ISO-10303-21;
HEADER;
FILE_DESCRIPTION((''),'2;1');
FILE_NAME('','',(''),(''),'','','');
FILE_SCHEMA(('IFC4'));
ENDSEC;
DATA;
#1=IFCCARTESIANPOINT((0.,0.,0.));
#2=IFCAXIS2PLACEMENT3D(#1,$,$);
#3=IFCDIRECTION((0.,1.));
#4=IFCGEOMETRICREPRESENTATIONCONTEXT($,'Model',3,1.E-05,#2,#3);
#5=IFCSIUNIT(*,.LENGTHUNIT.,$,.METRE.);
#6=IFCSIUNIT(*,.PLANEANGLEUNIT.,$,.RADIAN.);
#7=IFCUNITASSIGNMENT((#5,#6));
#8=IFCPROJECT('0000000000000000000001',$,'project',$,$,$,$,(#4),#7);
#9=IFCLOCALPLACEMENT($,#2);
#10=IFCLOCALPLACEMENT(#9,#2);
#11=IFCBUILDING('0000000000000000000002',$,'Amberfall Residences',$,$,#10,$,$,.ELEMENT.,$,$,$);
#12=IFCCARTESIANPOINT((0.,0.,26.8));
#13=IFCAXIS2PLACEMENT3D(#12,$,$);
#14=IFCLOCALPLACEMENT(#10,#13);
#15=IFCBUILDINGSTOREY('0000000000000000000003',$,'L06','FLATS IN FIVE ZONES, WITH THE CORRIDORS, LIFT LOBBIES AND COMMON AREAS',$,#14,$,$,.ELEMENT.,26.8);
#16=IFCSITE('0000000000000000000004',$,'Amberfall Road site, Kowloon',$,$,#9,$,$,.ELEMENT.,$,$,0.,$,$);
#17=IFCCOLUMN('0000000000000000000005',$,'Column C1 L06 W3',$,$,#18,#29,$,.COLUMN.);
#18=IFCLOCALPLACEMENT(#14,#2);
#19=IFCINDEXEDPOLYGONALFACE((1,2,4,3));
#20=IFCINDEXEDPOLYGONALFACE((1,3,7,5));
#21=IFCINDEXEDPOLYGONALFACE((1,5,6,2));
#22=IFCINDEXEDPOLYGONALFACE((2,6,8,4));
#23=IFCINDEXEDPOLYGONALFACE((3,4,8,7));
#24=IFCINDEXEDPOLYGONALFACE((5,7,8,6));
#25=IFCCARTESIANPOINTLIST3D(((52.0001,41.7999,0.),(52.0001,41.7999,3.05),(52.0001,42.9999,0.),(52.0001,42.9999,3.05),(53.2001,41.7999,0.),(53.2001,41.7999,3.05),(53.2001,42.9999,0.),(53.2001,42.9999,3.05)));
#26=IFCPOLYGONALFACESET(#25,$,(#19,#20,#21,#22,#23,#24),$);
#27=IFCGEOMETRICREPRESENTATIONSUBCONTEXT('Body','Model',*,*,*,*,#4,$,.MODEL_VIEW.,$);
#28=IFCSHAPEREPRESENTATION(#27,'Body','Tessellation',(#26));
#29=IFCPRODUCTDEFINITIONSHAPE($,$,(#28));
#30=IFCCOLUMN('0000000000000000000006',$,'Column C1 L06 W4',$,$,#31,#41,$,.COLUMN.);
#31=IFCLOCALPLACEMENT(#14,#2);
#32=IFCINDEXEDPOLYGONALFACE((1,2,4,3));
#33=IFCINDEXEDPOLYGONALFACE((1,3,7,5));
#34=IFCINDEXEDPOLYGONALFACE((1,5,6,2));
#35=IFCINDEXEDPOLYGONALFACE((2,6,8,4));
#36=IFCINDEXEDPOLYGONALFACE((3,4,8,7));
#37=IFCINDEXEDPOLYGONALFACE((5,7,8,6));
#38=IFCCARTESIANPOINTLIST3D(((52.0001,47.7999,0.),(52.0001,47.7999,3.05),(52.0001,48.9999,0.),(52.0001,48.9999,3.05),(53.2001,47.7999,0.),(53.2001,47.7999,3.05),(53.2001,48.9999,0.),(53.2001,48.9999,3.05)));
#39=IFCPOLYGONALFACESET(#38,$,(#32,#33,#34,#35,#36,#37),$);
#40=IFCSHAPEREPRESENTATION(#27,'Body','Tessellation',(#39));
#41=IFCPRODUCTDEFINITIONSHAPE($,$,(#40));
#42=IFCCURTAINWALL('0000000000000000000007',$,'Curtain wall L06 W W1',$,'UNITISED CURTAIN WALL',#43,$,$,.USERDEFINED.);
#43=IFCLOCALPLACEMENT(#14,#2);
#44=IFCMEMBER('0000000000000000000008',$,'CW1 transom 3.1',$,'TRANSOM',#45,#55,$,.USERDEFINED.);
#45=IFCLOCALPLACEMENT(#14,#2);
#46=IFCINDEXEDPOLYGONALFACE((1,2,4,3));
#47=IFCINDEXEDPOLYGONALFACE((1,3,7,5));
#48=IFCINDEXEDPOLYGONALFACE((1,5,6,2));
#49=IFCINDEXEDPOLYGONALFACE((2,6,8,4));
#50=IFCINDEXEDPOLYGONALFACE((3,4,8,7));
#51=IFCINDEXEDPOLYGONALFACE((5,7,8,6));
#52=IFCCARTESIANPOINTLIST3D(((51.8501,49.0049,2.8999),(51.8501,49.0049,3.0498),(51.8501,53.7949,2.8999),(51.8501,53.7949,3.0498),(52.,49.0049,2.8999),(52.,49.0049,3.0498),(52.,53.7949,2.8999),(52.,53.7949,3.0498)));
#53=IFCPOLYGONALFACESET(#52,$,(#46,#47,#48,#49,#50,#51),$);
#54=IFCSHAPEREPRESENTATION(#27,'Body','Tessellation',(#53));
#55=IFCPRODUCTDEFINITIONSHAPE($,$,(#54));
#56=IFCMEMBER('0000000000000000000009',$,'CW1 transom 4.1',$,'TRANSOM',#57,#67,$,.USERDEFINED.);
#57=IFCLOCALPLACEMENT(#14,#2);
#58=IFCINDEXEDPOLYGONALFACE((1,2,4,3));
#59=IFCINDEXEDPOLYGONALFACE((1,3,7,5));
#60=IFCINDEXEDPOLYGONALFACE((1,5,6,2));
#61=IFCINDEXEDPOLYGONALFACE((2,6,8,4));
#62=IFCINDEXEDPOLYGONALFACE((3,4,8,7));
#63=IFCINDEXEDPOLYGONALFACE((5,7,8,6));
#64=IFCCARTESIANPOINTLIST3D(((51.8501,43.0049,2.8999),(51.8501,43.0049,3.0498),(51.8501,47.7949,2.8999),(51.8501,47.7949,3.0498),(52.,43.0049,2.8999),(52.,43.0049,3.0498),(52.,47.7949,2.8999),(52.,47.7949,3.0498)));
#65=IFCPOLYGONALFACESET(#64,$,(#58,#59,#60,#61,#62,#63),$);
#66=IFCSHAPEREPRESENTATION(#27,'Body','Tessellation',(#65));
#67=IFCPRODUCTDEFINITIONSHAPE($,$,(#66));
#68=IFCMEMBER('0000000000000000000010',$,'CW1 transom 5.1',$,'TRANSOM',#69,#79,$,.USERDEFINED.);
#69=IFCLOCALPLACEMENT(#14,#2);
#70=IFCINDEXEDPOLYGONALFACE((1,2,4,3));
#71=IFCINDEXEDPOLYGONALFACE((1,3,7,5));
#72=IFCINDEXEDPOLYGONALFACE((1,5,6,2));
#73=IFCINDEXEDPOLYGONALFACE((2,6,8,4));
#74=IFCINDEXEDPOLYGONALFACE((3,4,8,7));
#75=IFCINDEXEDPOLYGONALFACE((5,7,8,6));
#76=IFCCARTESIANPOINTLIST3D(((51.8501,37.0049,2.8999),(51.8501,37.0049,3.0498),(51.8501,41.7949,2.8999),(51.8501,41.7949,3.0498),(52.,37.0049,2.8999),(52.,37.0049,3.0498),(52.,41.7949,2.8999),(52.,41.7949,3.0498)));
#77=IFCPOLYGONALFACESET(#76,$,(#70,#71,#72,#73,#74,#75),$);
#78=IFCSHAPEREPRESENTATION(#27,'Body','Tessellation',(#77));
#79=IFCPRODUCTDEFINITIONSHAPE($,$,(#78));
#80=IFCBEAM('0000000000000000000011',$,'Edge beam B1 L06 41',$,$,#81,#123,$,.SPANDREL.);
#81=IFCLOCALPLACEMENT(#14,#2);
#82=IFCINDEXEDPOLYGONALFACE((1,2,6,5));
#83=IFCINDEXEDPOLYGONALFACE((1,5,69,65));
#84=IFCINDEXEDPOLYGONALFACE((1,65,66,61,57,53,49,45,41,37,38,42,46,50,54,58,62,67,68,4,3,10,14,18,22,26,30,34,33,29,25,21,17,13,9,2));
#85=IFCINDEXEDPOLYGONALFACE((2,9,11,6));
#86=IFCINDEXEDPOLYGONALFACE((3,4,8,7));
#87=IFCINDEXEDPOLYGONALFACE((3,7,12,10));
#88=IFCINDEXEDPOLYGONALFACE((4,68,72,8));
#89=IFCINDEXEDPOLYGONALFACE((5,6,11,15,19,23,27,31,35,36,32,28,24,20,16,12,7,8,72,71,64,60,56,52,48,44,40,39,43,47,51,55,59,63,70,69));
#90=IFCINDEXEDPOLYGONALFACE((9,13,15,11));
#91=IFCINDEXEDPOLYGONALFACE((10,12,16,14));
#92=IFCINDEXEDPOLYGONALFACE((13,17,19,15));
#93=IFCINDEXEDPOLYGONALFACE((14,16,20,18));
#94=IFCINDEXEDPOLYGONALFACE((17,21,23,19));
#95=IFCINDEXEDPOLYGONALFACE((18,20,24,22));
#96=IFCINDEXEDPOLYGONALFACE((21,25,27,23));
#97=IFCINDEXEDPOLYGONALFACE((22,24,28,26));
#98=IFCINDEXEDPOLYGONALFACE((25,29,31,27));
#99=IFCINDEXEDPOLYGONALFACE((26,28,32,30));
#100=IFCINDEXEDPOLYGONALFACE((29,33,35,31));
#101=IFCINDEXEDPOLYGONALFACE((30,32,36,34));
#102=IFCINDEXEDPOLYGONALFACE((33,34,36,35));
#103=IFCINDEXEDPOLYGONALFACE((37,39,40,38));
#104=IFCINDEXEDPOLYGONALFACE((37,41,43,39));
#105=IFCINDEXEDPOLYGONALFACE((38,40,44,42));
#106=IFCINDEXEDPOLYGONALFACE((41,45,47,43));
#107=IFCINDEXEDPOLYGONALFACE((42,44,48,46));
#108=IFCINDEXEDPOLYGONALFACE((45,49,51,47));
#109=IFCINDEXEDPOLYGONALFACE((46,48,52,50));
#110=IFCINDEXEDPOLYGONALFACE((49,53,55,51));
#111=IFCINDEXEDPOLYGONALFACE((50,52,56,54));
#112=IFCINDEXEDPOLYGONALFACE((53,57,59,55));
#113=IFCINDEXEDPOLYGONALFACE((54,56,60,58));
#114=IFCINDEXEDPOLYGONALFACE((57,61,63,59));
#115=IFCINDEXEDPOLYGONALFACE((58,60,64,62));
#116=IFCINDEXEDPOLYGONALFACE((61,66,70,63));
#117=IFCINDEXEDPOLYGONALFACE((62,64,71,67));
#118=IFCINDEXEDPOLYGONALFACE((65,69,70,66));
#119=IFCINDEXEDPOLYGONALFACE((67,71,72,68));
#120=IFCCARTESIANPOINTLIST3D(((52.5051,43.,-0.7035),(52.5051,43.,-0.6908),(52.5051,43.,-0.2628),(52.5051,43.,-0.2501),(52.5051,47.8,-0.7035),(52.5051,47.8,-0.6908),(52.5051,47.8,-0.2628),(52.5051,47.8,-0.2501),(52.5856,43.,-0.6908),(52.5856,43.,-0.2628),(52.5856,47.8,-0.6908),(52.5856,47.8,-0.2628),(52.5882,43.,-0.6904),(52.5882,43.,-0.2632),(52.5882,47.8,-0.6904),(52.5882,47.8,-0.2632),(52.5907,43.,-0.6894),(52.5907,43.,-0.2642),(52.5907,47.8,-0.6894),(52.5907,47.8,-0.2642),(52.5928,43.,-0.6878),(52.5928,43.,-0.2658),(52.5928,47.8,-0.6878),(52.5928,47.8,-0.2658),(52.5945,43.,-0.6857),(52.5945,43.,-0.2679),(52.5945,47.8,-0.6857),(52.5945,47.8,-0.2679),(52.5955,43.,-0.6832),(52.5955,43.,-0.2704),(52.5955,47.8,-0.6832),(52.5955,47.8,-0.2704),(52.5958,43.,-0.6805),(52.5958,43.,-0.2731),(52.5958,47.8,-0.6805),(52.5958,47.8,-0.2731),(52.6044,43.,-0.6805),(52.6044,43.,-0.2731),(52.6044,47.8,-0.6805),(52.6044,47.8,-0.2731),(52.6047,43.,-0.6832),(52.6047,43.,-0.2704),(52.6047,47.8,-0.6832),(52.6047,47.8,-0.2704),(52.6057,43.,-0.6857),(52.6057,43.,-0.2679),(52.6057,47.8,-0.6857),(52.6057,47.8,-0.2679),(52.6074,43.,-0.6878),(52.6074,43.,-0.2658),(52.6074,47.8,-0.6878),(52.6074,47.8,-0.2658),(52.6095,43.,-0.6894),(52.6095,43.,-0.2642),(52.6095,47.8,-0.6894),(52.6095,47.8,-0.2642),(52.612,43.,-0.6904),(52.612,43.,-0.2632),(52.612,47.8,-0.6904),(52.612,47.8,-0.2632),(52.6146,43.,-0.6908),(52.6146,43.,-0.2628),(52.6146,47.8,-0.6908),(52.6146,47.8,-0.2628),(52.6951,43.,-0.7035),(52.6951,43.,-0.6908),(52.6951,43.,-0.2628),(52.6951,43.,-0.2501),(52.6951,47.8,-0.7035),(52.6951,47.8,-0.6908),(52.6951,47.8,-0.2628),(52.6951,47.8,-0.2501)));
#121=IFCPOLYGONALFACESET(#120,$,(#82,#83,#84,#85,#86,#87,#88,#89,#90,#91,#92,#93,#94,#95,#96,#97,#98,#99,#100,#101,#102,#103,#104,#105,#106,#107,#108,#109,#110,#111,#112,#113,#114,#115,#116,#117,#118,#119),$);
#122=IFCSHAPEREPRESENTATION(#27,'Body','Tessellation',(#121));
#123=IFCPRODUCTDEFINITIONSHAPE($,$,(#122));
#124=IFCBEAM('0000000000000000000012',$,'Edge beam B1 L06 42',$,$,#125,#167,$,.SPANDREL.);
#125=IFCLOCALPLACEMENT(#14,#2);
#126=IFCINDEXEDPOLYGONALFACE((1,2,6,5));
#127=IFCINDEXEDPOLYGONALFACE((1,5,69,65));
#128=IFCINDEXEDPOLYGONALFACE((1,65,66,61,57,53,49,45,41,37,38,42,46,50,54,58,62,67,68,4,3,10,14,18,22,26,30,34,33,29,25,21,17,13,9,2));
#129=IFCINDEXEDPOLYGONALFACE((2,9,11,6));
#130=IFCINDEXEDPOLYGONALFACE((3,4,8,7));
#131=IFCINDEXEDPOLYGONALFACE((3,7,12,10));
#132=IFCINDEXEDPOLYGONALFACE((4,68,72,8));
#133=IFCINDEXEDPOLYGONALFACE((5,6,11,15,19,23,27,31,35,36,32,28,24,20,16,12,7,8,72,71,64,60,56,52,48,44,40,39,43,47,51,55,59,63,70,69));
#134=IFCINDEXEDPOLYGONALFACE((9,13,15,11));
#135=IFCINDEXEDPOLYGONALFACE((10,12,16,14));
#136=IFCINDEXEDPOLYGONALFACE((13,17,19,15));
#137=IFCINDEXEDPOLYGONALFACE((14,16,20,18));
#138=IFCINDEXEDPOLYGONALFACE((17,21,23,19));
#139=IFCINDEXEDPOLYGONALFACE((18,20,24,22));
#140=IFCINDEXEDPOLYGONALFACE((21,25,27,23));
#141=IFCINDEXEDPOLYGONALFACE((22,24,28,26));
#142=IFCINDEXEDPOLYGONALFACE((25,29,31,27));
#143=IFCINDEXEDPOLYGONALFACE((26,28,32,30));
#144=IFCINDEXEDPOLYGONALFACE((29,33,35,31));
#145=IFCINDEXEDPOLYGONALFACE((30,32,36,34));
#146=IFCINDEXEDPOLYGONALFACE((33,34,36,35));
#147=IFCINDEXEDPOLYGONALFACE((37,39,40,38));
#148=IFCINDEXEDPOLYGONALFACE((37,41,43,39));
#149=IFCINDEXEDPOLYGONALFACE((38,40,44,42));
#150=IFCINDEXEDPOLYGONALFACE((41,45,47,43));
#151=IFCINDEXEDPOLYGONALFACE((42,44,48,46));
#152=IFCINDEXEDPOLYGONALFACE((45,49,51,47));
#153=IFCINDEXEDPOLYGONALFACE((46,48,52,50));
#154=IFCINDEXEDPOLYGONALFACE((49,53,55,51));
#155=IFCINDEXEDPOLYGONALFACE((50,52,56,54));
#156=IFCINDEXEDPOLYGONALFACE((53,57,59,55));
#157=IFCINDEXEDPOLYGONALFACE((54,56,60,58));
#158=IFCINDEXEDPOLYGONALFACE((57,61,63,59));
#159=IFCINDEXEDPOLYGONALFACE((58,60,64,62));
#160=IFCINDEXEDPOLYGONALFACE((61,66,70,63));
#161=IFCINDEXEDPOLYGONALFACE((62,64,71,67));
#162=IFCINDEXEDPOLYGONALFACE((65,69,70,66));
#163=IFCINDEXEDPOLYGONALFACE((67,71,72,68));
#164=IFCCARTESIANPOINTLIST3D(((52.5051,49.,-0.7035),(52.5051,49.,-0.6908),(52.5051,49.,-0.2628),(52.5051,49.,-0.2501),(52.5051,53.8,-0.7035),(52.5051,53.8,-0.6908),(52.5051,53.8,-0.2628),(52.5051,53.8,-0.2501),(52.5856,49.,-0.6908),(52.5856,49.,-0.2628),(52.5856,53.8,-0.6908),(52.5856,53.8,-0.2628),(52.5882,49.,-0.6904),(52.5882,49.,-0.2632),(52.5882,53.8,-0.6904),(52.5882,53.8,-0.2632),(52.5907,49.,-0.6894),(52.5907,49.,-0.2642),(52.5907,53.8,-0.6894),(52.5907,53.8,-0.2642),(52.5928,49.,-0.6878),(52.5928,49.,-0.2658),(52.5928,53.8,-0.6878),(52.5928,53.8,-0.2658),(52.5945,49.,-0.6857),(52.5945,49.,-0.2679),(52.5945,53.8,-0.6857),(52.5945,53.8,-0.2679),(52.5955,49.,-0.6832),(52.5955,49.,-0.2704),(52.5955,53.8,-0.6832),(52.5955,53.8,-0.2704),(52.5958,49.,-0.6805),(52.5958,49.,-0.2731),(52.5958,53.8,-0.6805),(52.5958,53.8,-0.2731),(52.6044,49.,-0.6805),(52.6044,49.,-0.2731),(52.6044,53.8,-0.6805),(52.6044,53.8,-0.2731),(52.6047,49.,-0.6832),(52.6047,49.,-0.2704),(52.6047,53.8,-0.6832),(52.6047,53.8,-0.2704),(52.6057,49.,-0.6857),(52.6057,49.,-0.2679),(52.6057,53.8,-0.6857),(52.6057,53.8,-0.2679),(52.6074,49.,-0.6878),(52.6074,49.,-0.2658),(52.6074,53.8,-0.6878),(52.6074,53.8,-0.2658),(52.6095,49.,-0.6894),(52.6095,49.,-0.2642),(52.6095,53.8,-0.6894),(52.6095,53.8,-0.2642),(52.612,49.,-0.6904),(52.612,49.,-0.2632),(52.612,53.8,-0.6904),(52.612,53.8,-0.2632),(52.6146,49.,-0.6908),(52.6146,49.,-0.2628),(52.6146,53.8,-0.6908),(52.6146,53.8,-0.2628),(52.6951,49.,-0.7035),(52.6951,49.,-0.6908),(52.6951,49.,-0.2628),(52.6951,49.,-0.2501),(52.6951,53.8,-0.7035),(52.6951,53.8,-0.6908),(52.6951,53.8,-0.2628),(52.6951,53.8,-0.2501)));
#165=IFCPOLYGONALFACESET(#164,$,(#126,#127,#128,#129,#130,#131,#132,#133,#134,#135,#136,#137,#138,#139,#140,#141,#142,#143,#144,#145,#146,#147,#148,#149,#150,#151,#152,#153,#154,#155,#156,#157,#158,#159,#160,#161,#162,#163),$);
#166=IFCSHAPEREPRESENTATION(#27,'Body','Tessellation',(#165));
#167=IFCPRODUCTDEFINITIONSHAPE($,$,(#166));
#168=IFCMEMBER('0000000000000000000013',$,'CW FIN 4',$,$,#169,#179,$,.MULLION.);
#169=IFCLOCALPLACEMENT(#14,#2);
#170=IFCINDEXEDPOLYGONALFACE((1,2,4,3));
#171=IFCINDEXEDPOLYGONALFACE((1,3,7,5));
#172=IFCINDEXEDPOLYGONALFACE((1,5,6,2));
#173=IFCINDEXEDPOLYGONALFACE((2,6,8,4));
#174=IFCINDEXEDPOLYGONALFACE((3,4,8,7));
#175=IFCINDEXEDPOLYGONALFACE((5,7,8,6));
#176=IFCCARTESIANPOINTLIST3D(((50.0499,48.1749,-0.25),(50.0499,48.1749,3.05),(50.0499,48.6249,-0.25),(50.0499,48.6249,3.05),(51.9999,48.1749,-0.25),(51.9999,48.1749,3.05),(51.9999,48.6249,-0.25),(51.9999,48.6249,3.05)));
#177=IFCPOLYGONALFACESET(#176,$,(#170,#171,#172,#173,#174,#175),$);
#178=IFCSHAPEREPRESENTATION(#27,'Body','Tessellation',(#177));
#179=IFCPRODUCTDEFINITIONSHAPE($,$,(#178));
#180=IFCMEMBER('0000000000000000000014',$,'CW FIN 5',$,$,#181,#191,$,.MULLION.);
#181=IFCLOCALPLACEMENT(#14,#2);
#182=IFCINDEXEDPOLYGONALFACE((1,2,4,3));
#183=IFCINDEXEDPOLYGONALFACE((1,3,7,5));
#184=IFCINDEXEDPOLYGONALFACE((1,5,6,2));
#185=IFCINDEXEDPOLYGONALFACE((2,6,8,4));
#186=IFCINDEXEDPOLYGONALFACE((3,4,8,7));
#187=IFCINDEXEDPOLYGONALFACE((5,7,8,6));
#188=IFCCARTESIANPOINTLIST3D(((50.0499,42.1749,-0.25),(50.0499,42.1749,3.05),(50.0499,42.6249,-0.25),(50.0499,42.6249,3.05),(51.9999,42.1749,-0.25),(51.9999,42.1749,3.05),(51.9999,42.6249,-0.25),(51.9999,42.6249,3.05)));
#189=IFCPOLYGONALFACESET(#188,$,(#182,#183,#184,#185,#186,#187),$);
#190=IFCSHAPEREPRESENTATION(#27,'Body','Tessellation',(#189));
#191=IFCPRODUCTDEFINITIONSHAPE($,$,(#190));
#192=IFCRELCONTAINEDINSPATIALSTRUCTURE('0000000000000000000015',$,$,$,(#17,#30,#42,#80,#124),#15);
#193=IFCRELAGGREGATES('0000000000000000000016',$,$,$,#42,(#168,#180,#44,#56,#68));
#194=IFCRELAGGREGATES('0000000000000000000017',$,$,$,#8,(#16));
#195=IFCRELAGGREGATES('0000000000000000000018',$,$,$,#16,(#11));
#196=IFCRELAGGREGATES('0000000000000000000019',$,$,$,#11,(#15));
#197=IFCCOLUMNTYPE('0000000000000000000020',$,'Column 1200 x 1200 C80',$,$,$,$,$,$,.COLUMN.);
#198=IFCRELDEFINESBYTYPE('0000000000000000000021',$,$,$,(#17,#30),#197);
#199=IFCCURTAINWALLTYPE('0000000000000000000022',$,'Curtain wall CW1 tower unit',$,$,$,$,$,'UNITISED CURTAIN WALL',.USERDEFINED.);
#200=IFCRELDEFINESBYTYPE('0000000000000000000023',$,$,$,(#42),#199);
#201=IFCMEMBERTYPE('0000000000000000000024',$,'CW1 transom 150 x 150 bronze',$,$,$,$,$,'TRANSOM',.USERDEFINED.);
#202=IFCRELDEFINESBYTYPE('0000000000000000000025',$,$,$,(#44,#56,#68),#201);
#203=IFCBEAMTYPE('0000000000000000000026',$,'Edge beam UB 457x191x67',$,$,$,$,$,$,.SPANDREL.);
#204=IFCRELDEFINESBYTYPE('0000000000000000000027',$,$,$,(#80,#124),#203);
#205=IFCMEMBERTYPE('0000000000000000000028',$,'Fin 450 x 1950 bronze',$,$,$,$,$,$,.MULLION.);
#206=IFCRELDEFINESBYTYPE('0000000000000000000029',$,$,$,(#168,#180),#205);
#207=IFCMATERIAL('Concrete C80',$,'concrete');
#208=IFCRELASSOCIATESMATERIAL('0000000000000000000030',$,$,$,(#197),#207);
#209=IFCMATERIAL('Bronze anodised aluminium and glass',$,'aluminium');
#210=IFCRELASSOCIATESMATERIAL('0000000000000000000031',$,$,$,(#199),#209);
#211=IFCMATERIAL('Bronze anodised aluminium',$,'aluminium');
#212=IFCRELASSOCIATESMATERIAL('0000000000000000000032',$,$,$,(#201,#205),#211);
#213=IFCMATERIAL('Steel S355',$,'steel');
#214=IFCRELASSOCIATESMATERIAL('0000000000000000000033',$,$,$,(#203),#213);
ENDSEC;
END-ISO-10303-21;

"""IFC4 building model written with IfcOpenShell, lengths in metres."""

from ifc_helpers import new_model, si_unit, direction, frame, origin, origin_2d, place, context, subcontext, project, spatial, rectangle, i_section, extrude, material, material_profile, profile_set, type_object, element, aggregate, save


model = new_model("IFC4")

# Units and contexts
model_context = context("Model", 3, precision=1e-05, world=origin(), true_north=direction((0.0, 1.0)))
body_context = subcontext(model_context, "Body", "Model", "MODEL_VIEW")
ifc_project = project(units=[si_unit("LENGTHUNIT", "METRE"), si_unit("PLANEANGLEUNIT", "RADIAN")], contexts=[model_context])

# Site, building, storey
site_placement = place(None, origin())
site = spatial("IfcSite", under=ifc_project, at=site_placement, Name="Amberfall Road site, Kowloon", CompositionType="ELEMENT", RefElevation=0.0)
building_placement = place(site_placement, origin())
building = spatial("IfcBuilding", under=site, at=building_placement, Name="Amberfall Residences", CompositionType="ELEMENT")
storey_placement = place(building_placement, frame((0.0, 0.0, 26.8)))
storey = spatial("IfcBuildingStorey", under=building, at=storey_placement, Name="L06", Description="FLATS IN FIVE ZONES, WITH THE CORRIDORS, LIFT LOBBIES AND COMMON AREAS", CompositionType="ELEMENT", Elevation=26.8)

# Columns
ifc_material_1 = material(Name="Concrete C80", Category="concrete")
ifc_material_profile_1 = material_profile(ifc_material_1, rectangle(XDim=1.2, YDim=1.2, at=origin_2d()), Name="Column 1200 x 1200 C80")
ifc_profile_set_1 = profile_set([ifc_material_profile_1], Name="Concrete C80")
column_type = type_object("IfcColumnType", Name="Column 1200 x 1200 C80", PredefinedType="COLUMN", material=ifc_profile_set_1)
for number, where, z_axis, x_axis, name in (
    (1, (52.6001, 42.3999, 0.0), (0.0, 0.0, 1.0), (1.0, 0.0, 0.0), "Column C1 L06 W3"),
    (2, (52.6001, 48.3999, 0.0), (0.0, 0.0, 1.0), (1.0, 0.0, 0.0), "Column C1 L06 W4"),
):
    element("IfcColumn", number, at=place(storey_placement, frame(where, z_axis=z_axis, x_axis=x_axis)), inside=storey, type_object=column_type, Name=name, PredefinedType="COLUMN", context=body_context, shape_type="SweptSolid", body=[
        extrude(rectangle(XDim=1.2, YDim=1.2, at=origin_2d()), origin(), (0.0, 0.0, 1.0), 3.05),
    ])

# Curtain wall, members
ifc_material_2 = material(Name="Bronze anodised aluminium and glass", Category="aluminium")
curtain_wall_type = type_object("IfcCurtainWallType", Name="Curtain wall CW1 tower unit", ElementType="UNITISED CURTAIN WALL", PredefinedType="USERDEFINED", material=ifc_material_2)
curtain_wall_placement = place(storey_placement, origin())
curtain_wall = element("IfcCurtainWall", 3, at=curtain_wall_placement, inside=storey, type_object=curtain_wall_type, Name="Curtain wall L06 W W1", ObjectType="UNITISED CURTAIN WALL", PredefinedType="USERDEFINED")
ifc_material_3 = material(Name="Bronze anodised aluminium", Category="aluminium")
ifc_material_profile_2 = material_profile(ifc_material_3, rectangle(XDim=0.1499, YDim=0.1499, at=origin_2d()), Name="CW1 transom 150 x 150 bronze")
ifc_profile_set_2 = profile_set([ifc_material_profile_2], Name="Bronze anodised aluminium")
member_type_1 = type_object("IfcMemberType", Name="CW1 transom 150 x 150 bronze", ElementType="TRANSOM", PredefinedType="USERDEFINED", material=ifc_profile_set_2)
member_1_placement = place(storey_placement, frame((51.925, 53.7949, 2.9749), z_axis=(0.0, -1.0, 0.0), x_axis=(1.0, 0.0, 0.0)))
member_1 = element("IfcMember", 4, at=member_1_placement, type_object=member_type_1, Name="CW1 transom 3.1", ObjectType="TRANSOM", PredefinedType="USERDEFINED", context=body_context, shape_type="SweptSolid", body=[
    extrude(rectangle(XDim=0.1499, YDim=0.1499, at=origin_2d()), origin(), (0.0, 0.0, 1.0), 4.79),
])
member_2_placement = place(storey_placement, frame((51.925, 47.7949, 2.9749), z_axis=(0.0, -1.0, 0.0), x_axis=(1.0, 0.0, 0.0)))
member_2 = element("IfcMember", 5, at=member_2_placement, type_object=member_type_1, Name="CW1 transom 4.1", ObjectType="TRANSOM", PredefinedType="USERDEFINED", context=body_context, shape_type="SweptSolid", body=[
    extrude(rectangle(XDim=0.1499, YDim=0.1499, at=origin_2d()), origin(), (0.0, 0.0, 1.0), 4.79),
])
member_3_placement = place(storey_placement, frame((51.925, 41.7949, 2.9749), z_axis=(0.0, -1.0, 0.0), x_axis=(1.0, 0.0, 0.0)))
member_3 = element("IfcMember", 6, at=member_3_placement, type_object=member_type_1, Name="CW1 transom 5.1", ObjectType="TRANSOM", PredefinedType="USERDEFINED", context=body_context, shape_type="SweptSolid", body=[
    extrude(rectangle(XDim=0.1499, YDim=0.1499, at=origin_2d()), origin(), (0.0, 0.0, 1.0), 4.79),
])

# Beams
ifc_material_4 = material(Name="Steel S355", Category="steel")
ifc_material_profile_3 = material_profile(ifc_material_4, i_section(OverallWidth=0.1899, OverallDepth=0.4534, WebThickness=0.0085, FlangeThickness=0.0127, FilletRadius=0.0103, at=origin_2d()), Name="UB 457x191x67")
ifc_profile_set_3 = profile_set([ifc_material_profile_3], Name="Steel S355")
beam_type_1 = type_object("IfcBeamType", Name="Edge beam UB 457x191x67", PredefinedType="SPANDREL", material=ifc_profile_set_3)
for number, where, z_axis, x_axis, name in (
    (7, (52.6001, 43.0, -0.4768), (0.0, 1.0, 0.0), (-1.0, 0.0, 0.0), "Edge beam B1 L06 41"),
    (8, (52.6001, 49.0, -0.4768), (0.0, 1.0, 0.0), (-1.0, 0.0, 0.0), "Edge beam B1 L06 42"),
):
    element("IfcBeam", number, at=place(storey_placement, frame(where, z_axis=z_axis, x_axis=x_axis)), inside=storey, type_object=beam_type_1, Name=name, PredefinedType="SPANDREL", context=body_context, shape_type="SweptSolid", body=[
        extrude(i_section(OverallWidth=0.1899, OverallDepth=0.4534, WebThickness=0.0085, FlangeThickness=0.0127, FilletRadius=0.0103, at=origin_2d()), origin(), (0.0, 0.0, 1.0), 4.8),
    ])

# Members
ifc_material_profile_4 = material_profile(ifc_material_3, rectangle(XDim=1.95, YDim=0.45, at=origin_2d()), Name="Fin 450 x 1950 bronze")
ifc_profile_set_4 = profile_set([ifc_material_profile_4], Name="Bronze anodised aluminium")
member_type_2 = type_object("IfcMemberType", Name="Fin 450 x 1950 bronze", PredefinedType="MULLION", material=ifc_profile_set_4)
member_4_placement = place(storey_placement, frame((51.0249, 48.3999, -0.25), z_axis=(0.0, 0.0, 1.0), x_axis=(1.0, 0.0, 0.0)))
member_4 = element("IfcMember", 9, at=member_4_placement, type_object=member_type_2, Name="CW FIN 4", PredefinedType="MULLION", context=body_context, shape_type="SweptSolid", body=[
    extrude(rectangle(XDim=1.95, YDim=0.45, at=origin_2d()), origin(), (0.0, 0.0, 1.0), 3.3),
])
member_5_placement = place(storey_placement, frame((51.0249, 42.3999, -0.25), z_axis=(0.0, 0.0, 1.0), x_axis=(1.0, 0.0, 0.0)))
member_5 = element("IfcMember", 10, at=member_5_placement, type_object=member_type_2, Name="CW FIN 5", PredefinedType="MULLION", context=body_context, shape_type="SweptSolid", body=[
    extrude(rectangle(XDim=1.95, YDim=0.45, at=origin_2d()), origin(), (0.0, 0.0, 1.0), 3.3),
])

aggregate(curtain_wall, [member_4, member_5, member_1, member_2, member_3])

save(model, "model.ifc")
